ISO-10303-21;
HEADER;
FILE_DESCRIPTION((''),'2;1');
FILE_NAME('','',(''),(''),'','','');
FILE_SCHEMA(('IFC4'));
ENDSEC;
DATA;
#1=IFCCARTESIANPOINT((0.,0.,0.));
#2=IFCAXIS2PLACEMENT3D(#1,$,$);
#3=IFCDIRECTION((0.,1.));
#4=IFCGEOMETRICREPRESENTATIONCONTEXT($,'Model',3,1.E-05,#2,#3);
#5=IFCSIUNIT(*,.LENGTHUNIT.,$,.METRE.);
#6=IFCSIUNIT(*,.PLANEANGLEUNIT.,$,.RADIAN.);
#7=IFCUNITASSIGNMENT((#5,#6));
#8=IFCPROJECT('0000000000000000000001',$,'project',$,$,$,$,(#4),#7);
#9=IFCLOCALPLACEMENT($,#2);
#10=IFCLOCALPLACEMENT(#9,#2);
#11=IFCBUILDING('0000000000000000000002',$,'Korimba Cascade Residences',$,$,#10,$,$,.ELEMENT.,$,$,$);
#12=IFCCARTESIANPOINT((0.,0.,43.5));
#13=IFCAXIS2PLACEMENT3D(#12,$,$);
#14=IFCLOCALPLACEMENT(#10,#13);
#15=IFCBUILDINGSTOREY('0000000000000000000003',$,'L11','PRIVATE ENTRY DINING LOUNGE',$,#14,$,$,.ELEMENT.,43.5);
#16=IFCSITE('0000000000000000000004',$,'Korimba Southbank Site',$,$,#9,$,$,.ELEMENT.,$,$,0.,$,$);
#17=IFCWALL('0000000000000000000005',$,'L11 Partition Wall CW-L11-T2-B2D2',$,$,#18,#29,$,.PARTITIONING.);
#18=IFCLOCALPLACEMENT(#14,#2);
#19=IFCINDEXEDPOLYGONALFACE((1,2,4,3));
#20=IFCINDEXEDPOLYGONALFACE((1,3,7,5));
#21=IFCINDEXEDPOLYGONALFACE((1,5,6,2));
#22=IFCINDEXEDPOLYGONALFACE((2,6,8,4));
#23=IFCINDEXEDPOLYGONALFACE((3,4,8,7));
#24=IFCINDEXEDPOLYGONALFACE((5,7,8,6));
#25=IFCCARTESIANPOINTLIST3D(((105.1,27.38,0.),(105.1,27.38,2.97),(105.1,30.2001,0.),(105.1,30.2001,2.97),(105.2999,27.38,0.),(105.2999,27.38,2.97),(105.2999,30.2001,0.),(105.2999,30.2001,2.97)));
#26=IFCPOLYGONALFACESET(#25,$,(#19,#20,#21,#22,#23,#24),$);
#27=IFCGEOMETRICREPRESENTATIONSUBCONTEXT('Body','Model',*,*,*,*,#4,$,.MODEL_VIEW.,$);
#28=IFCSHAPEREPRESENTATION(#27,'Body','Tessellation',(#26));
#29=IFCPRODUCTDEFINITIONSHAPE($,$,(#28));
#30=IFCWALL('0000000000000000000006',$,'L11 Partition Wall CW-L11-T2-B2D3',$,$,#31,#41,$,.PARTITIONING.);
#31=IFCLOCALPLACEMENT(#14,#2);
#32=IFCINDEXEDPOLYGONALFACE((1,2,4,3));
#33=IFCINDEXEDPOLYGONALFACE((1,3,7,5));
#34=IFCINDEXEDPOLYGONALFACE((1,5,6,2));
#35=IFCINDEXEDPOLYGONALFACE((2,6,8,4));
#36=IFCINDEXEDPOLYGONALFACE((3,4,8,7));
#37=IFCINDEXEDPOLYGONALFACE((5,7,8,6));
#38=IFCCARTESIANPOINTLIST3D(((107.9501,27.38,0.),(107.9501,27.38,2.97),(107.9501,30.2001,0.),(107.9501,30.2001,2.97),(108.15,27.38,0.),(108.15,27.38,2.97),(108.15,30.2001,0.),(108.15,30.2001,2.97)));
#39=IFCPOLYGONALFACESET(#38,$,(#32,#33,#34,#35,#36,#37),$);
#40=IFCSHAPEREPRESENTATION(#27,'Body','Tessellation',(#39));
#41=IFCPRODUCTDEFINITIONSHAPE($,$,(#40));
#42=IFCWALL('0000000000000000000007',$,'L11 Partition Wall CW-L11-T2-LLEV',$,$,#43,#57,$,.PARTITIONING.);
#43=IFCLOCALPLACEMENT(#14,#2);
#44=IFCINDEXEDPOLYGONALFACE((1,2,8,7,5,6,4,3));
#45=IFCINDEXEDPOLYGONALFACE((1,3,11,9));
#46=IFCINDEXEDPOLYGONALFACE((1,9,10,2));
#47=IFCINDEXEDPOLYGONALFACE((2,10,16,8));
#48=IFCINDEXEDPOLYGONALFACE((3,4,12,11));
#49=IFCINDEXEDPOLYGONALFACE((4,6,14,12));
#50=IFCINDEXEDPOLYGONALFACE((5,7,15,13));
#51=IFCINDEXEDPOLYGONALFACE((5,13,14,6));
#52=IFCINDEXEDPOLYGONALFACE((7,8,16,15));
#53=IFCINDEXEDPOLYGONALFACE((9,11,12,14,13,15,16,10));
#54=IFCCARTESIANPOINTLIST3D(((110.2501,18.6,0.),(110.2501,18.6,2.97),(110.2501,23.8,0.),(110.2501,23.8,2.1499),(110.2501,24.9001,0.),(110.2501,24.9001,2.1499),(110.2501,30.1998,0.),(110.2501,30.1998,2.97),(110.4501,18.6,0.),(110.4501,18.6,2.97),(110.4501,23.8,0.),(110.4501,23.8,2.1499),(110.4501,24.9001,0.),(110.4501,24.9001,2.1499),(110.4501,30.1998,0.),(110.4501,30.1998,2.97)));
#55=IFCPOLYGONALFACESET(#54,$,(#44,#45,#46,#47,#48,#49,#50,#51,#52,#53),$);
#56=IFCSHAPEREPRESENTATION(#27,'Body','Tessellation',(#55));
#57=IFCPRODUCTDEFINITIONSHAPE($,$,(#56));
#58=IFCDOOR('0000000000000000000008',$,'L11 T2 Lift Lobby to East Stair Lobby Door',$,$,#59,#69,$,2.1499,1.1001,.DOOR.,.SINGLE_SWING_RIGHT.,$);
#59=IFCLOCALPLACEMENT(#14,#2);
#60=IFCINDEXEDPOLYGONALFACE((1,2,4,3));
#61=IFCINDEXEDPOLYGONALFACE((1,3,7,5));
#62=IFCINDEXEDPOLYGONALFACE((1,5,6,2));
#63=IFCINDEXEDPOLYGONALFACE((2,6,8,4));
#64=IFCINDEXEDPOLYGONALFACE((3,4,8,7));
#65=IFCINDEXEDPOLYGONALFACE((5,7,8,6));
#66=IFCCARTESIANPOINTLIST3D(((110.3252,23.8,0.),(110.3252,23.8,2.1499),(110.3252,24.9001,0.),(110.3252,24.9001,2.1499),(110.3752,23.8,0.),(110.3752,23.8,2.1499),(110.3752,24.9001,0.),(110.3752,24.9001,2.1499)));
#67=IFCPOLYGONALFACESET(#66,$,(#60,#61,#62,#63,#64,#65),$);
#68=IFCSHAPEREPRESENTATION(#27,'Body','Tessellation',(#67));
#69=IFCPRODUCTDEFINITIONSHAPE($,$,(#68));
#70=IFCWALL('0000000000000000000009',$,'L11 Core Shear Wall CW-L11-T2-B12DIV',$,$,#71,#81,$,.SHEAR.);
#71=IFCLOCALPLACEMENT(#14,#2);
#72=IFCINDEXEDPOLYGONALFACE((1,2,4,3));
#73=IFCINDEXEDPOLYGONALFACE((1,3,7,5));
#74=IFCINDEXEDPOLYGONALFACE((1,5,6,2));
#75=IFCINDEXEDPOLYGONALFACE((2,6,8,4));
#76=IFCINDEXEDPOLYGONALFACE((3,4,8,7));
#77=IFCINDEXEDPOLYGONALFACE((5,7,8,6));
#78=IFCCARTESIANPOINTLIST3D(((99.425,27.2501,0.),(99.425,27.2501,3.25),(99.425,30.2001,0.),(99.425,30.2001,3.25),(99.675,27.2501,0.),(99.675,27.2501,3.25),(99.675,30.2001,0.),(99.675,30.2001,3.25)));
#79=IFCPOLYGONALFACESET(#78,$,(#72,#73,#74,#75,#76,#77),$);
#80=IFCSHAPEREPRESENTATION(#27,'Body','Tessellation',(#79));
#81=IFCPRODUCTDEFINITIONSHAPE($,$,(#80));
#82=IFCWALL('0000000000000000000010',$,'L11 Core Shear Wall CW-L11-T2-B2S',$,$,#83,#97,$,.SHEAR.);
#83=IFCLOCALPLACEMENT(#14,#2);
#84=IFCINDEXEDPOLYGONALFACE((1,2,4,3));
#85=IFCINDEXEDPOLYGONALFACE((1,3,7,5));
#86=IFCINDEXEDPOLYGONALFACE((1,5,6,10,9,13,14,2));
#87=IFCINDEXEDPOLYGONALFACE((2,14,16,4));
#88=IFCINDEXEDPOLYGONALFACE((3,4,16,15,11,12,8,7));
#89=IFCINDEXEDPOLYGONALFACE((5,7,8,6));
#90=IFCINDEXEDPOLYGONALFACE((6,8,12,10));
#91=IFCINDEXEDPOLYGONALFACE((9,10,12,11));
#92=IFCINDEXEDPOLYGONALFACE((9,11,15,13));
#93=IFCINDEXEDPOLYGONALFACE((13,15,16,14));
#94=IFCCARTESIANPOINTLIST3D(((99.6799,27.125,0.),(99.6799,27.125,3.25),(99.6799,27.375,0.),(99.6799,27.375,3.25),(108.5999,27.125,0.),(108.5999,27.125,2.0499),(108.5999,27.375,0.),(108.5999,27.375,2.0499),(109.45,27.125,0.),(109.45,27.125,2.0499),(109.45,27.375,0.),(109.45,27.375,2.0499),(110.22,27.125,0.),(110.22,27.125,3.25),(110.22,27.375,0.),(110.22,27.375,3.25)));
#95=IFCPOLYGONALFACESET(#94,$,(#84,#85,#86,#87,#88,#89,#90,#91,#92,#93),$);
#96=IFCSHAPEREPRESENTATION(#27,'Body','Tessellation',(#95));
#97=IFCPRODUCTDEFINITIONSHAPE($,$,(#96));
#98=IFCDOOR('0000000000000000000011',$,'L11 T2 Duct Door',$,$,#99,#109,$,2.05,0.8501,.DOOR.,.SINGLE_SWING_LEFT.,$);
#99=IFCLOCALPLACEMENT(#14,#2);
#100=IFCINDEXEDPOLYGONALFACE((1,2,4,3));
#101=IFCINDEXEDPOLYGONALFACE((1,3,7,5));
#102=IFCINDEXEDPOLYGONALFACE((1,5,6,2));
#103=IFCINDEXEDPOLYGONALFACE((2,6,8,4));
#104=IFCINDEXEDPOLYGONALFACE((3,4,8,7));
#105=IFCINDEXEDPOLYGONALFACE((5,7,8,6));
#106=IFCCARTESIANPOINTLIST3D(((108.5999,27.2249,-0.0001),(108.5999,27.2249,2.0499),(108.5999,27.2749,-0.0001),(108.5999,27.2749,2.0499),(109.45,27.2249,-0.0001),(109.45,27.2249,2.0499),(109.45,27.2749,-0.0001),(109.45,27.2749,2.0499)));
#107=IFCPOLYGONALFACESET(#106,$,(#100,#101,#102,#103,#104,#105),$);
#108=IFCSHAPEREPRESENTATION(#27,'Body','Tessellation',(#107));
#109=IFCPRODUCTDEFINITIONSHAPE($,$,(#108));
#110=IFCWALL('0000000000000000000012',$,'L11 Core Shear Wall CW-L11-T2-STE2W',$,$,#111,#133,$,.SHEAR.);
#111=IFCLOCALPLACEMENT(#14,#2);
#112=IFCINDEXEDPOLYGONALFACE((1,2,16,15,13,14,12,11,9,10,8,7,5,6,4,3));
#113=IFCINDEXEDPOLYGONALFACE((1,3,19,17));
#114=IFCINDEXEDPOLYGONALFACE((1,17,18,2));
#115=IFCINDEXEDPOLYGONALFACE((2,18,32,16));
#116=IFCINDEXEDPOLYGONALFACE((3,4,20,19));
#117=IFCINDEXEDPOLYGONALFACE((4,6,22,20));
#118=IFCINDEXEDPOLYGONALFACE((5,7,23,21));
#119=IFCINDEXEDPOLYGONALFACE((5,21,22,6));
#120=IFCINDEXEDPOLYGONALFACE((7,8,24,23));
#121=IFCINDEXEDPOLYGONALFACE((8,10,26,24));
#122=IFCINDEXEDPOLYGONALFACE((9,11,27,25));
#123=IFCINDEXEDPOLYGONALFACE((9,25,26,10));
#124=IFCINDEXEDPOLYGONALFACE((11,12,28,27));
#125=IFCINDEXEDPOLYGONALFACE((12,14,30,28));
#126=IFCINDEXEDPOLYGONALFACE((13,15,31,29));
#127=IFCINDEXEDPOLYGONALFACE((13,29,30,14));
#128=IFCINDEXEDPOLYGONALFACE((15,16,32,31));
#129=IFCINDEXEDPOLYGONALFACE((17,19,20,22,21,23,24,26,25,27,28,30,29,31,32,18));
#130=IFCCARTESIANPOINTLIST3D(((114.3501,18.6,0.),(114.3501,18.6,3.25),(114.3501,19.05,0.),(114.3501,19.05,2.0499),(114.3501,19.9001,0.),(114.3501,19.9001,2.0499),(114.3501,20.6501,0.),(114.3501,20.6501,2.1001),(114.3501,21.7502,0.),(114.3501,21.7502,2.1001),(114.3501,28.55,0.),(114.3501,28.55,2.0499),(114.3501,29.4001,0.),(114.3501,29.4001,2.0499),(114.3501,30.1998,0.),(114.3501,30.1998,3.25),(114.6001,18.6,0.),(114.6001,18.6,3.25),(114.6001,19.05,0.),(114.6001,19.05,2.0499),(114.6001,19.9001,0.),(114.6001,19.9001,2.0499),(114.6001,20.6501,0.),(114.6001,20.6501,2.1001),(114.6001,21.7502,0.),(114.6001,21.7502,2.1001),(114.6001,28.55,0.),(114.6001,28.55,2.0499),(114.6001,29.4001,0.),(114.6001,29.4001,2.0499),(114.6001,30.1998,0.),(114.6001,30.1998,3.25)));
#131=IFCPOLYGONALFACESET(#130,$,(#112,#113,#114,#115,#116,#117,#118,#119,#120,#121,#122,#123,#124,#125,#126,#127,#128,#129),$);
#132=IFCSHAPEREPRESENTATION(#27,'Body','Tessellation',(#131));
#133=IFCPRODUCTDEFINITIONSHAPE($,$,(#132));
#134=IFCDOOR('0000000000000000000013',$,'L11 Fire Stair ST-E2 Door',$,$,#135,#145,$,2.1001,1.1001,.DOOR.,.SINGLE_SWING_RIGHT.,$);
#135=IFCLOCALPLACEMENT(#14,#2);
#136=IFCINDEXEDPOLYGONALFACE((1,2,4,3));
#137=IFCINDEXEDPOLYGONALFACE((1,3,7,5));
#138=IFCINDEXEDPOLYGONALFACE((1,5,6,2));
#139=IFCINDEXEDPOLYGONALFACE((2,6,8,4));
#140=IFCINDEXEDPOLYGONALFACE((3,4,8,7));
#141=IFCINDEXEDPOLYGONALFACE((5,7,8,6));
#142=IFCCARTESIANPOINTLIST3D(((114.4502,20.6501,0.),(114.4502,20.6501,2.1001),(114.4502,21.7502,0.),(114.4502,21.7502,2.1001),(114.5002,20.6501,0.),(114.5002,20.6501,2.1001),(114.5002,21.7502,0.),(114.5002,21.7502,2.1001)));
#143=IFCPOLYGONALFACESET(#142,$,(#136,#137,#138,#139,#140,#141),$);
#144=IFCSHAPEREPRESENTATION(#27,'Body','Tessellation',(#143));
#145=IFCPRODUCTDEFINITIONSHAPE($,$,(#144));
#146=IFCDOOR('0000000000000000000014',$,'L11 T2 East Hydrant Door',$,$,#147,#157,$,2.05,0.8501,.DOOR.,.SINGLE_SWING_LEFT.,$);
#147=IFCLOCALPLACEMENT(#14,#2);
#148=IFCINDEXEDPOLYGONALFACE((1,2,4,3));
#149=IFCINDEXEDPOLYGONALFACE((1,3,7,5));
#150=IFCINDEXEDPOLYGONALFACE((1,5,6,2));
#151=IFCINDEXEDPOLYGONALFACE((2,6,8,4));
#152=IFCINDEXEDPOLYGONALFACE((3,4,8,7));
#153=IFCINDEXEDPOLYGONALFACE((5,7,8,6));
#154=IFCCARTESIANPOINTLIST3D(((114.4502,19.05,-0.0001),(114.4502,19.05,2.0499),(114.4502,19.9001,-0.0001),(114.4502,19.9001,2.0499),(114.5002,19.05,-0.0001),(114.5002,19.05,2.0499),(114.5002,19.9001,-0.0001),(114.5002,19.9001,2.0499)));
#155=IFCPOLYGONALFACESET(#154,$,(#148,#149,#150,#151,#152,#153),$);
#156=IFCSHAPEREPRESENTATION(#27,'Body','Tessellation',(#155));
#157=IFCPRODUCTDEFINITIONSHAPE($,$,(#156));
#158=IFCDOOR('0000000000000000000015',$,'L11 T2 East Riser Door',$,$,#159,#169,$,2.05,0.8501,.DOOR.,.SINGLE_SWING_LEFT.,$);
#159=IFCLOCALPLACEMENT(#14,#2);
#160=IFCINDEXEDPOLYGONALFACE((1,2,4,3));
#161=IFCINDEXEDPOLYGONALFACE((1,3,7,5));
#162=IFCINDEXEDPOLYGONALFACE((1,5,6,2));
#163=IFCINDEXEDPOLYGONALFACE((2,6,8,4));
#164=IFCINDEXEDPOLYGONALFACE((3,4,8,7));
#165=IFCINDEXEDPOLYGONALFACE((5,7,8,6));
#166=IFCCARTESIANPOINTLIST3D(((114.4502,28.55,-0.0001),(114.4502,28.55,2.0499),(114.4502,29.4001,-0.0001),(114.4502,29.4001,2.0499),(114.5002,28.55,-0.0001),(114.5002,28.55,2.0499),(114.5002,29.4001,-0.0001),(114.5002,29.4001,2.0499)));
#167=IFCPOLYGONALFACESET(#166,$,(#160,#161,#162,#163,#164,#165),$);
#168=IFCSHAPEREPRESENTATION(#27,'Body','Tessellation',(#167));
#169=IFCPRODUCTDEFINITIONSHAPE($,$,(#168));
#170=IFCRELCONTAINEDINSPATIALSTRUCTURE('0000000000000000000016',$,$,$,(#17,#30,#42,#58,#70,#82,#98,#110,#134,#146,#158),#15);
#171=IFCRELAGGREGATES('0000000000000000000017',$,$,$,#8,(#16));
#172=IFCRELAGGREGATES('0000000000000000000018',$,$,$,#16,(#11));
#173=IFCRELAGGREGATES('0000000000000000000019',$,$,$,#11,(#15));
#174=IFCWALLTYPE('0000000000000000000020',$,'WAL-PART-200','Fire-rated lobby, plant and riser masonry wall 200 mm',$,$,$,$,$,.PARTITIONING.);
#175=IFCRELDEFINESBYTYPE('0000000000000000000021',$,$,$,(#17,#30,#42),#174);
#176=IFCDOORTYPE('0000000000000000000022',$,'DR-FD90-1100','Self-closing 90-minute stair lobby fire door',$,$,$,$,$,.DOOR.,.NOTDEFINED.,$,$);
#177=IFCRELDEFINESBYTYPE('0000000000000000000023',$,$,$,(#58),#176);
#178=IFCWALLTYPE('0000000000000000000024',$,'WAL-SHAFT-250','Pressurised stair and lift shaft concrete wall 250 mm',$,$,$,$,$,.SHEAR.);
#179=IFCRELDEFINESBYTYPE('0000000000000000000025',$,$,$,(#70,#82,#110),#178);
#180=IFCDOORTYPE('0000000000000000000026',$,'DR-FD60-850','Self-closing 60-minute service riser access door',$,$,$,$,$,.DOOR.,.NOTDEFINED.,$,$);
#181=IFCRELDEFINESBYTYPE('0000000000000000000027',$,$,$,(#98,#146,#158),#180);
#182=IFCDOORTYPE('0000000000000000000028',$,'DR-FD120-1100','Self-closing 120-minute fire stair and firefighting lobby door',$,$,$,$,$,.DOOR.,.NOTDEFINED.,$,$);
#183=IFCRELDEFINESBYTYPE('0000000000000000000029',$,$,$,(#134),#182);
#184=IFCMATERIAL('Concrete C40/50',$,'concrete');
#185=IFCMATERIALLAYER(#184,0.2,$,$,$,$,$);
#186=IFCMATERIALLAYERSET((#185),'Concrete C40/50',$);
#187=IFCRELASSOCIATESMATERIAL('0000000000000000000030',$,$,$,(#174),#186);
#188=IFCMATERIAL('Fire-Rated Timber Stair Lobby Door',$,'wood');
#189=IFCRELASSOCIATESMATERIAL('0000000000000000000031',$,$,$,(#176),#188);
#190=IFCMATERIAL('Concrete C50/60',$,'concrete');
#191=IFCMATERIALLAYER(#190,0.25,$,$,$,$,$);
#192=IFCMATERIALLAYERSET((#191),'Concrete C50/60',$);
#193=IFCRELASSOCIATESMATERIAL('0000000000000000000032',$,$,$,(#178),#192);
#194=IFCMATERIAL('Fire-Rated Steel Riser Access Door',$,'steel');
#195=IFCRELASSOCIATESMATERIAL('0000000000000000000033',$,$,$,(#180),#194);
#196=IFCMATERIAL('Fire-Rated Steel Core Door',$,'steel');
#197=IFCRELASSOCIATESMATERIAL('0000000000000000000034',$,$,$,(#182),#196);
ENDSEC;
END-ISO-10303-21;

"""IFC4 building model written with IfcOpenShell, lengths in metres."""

from ifc_helpers import new_model, si_unit, direction, frame, frame_2d, origin, place, context, subcontext, project, spatial, rectangle, extrude, material, layer, layer_set, type_object, element, fill, save


model = new_model("IFC4")

# Units and contexts
model_context = context("Model", 3, precision=1e-05, world=origin(), true_north=direction((0.0, 1.0)))
body_context = subcontext(model_context, "Body", "Model", "MODEL_VIEW")
ifc_project = project(units=[si_unit("LENGTHUNIT", "METRE"), si_unit("PLANEANGLEUNIT", "RADIAN")], contexts=[model_context])

# Site, building, storey
site_placement = place(None, origin())
site = spatial("IfcSite", under=ifc_project, at=site_placement, Name="Korimba Southbank Site", CompositionType="ELEMENT", RefElevation=0.0)
building_placement = place(site_placement, origin())
building = spatial("IfcBuilding", under=site, at=building_placement, Name="Korimba Cascade Residences", CompositionType="ELEMENT")
storey_placement = place(building_placement, frame((0.0, 0.0, 43.5)))
storey = spatial("IfcBuildingStorey", under=building, at=storey_placement, Name="L11", Description="PRIVATE ENTRY DINING LOUNGE", CompositionType="ELEMENT", Elevation=43.5)

# Shared definitions
ifc_material_1 = material(Name="Concrete C50/60", Category="concrete")

# Walls
ifc_material_2 = material(Name="Concrete C40/50", Category="concrete")
ifc_layer_1 = layer(ifc_material_2, 0.2)
ifc_layer_set_1 = layer_set([ifc_layer_1], Name="Concrete C40/50")
wall_type_1 = type_object("IfcWallType", Name="WAL-PART-200", Description="Fire-rated lobby, plant and riser masonry wall 200 mm", PredefinedType="PARTITIONING", material=ifc_layer_set_1)
for number, where, z_axis, x_axis, name in (
    (1, (105.2, 27.3799, 0.0), (0.0, 0.0, 1.0), (0.0, 1.0, 0.0), "L11 Partition Wall CW-L11-T2-B2D2"),
    (2, (108.05, 27.3799, 0.0), (0.0, 0.0, 1.0), (0.0, 1.0, 0.0), "L11 Partition Wall CW-L11-T2-B2D3"),
):
    element("IfcWall", number, at=place(storey_placement, frame(where, z_axis=z_axis, x_axis=x_axis)), inside=storey, type_object=wall_type_1, Name=name, PredefinedType="PARTITIONING", context=body_context, shape_type="SweptSolid", body=[
        extrude(rectangle(XDim=2.8201, YDim=0.2, at=frame_2d((1.4102, 0.0))), origin(), (0.0, 0.0, 1.0), 2.97),
    ])

# Wall, opening, door
wall_1_placement = place(storey_placement, frame((110.3501, 18.6001, 0.0), z_axis=(0.0, 0.0, 1.0), x_axis=(0.0, 1.0, 0.0)))
wall_1 = element("IfcWall", 3, at=wall_1_placement, inside=storey, type_object=wall_type_1, Name="L11 Partition Wall CW-L11-T2-LLEV", PredefinedType="PARTITIONING", context=body_context, shape_type="SweptSolid", body=[
    extrude(rectangle(XDim=11.5999, YDim=0.2, at=frame_2d((5.7998, 0.0))), origin(), (0.0, 0.0, 1.0), 2.97),
])
opening_1_placement = place(wall_1_placement, frame((5.2, 0.0, 0.0)))
opening_1 = element("IfcOpeningElement", 4, at=opening_1_placement, cuts=wall_1, PredefinedType="OPENING", context=body_context, shape_type="SweptSolid", body=[
    extrude(rectangle(XDim=1.1001, YDim=2.1499, at=frame_2d((0.55, 1.075))), frame((0.0, 0.1099, 0.0), z_axis=(0.0, -1.0, 0.0), x_axis=(1.0, 0.0, 0.0)), (0.0, 0.0, 1.0), 0.22),
])
ifc_material_3 = material(Name="Fire-Rated Timber Stair Lobby Door", Category="wood")
door_type_1 = type_object("IfcDoorType", Name="DR-FD90-1100", Description="Self-closing 90-minute stair lobby fire door", OperationType="NOTDEFINED", PredefinedType="DOOR", material=ifc_material_3)
door_1_placement = place(opening_1_placement, origin())
door_1 = element("IfcDoor", 5, at=door_1_placement, inside=storey, type_object=door_type_1, Name="L11 T2 Lift Lobby to East Stair Lobby Door", OperationType="SINGLE_SWING_RIGHT", OverallHeight=2.1499, OverallWidth=1.1001, PredefinedType="DOOR", context=body_context, shape_type="SweptSolid", body=[
    extrude(rectangle(XDim=1.1001, YDim=2.1499, at=frame_2d((0.55, 1.075))), frame((0.0, 0.0249, 0.0), z_axis=(0.0, -1.0, 0.0), x_axis=(1.0, 0.0, 0.0)), (0.0, 0.0, 1.0), 0.05),
])
fill(opening_1, door_1)

# Wall
ifc_layer_2 = layer(ifc_material_1, 0.25)
ifc_layer_set_2 = layer_set([ifc_layer_2], Name="Concrete C50/60")
wall_type_2 = type_object("IfcWallType", Name="WAL-SHAFT-250", Description="Pressurised stair and lift shaft concrete wall 250 mm", PredefinedType="SHEAR", material=ifc_layer_set_2)
wall_2_placement = place(storey_placement, frame((99.55, 27.25, 0.0), z_axis=(0.0, 0.0, 1.0), x_axis=(0.0, 1.0, 0.0)))
element("IfcWall", 6, at=wall_2_placement, inside=storey, type_object=wall_type_2, Name="L11 Core Shear Wall CW-L11-T2-B12DIV", PredefinedType="SHEAR", context=body_context, shape_type="SweptSolid", body=[
    extrude(rectangle(XDim=2.95, YDim=0.25, at=frame_2d((1.4751, 0.0))), origin(), (0.0, 0.0, 1.0), 3.25),
])

# Wall, opening, door
wall_3_placement = place(storey_placement, frame((99.6799, 27.25, 0.0), z_axis=(0.0, 0.0, 1.0), x_axis=(1.0, 0.0, 0.0)))
wall_3 = element("IfcWall", 7, at=wall_3_placement, inside=storey, type_object=wall_type_2, Name="L11 Core Shear Wall CW-L11-T2-B2S", PredefinedType="SHEAR", context=body_context, shape_type="SweptSolid", body=[
    extrude(rectangle(XDim=10.54, YDim=0.25, at=frame_2d((5.27, 0.0))), origin(), (0.0, 0.0, 1.0), 3.25),
])
opening_2_placement = place(wall_3_placement, frame((8.9199, 0.0, 0.0)))
opening_2 = element("IfcOpeningElement", 8, at=opening_2_placement, cuts=wall_3, PredefinedType="OPENING", context=body_context, shape_type="SweptSolid", body=[
    extrude(rectangle(XDim=0.8501, YDim=2.05, at=frame_2d((0.425, 1.0249))), frame((0.0, 0.135, 0.0), z_axis=(0.0, -1.0, 0.0), x_axis=(1.0, 0.0, 0.0)), (0.0, 0.0, 1.0), 0.27),
])
ifc_material_4 = material(Name="Fire-Rated Steel Riser Access Door", Category="steel")
door_type_2 = type_object("IfcDoorType", Name="DR-FD60-850", Description="Self-closing 60-minute service riser access door", OperationType="NOTDEFINED", PredefinedType="DOOR", material=ifc_material_4)
door_2_placement = place(opening_2_placement, origin())
door_2 = element("IfcDoor", 9, at=door_2_placement, inside=storey, type_object=door_type_2, Name="L11 T2 Duct Door", OperationType="SINGLE_SWING_LEFT", OverallHeight=2.05, OverallWidth=0.8501, PredefinedType="DOOR", context=body_context, shape_type="SweptSolid", body=[
    extrude(rectangle(XDim=0.8501, YDim=2.05, at=frame_2d((0.425, 1.0249))), frame((0.0, 0.0249, 0.0), z_axis=(0.0, -1.0, 0.0), x_axis=(1.0, 0.0, 0.0)), (0.0, 0.0, 1.0), 0.05),
])
fill(opening_2, door_2)

# Wall, openings, doors
wall_4_placement = place(storey_placement, frame((114.4751, 18.6001, 0.0), z_axis=(0.0, 0.0, 1.0), x_axis=(0.0, 1.0, 0.0)))
wall_4 = element("IfcWall", 10, at=wall_4_placement, inside=storey, type_object=wall_type_2, Name="L11 Core Shear Wall CW-L11-T2-STE2W", PredefinedType="SHEAR", context=body_context, shape_type="SweptSolid", body=[
    extrude(rectangle(XDim=11.5999, YDim=0.25, at=frame_2d((5.7998, 0.0))), origin(), (0.0, 0.0, 1.0), 3.25),
])
opening_3_placement = place(wall_4_placement, frame((0.45, 0.0, 0.0)))
opening_3 = element("IfcOpeningElement", 11, at=opening_3_placement, cuts=wall_4, PredefinedType="OPENING", context=body_context, shape_type="SweptSolid", body=[
    extrude(rectangle(XDim=0.8501, YDim=2.05, at=frame_2d((0.425, 1.0249))), frame((0.0, 0.135, 0.0), z_axis=(0.0, -1.0, 0.0), x_axis=(1.0, 0.0, 0.0)), (0.0, 0.0, 1.0), 0.27),
])
opening_4_placement = place(wall_4_placement, frame((2.05, 0.0, 0.0)))
opening_4 = element("IfcOpeningElement", 12, at=opening_4_placement, cuts=wall_4, PredefinedType="OPENING", context=body_context, shape_type="SweptSolid", body=[
    extrude(rectangle(XDim=1.1001, YDim=2.1001, at=frame_2d((0.55, 1.05))), frame((0.0, 0.135, 0.0), z_axis=(0.0, -1.0, 0.0), x_axis=(1.0, 0.0, 0.0)), (0.0, 0.0, 1.0), 0.27),
])
opening_5_placement = place(wall_4_placement, frame((9.95, 0.0, 0.0)))
opening_5 = element("IfcOpeningElement", 13, at=opening_5_placement, cuts=wall_4, PredefinedType="OPENING", context=body_context, shape_type="SweptSolid", body=[
    extrude(rectangle(XDim=0.8501, YDim=2.05, at=frame_2d((0.425, 1.0249))), frame((0.0, 0.135, 0.0), z_axis=(0.0, -1.0, 0.0), x_axis=(1.0, 0.0, 0.0)), (0.0, 0.0, 1.0), 0.27),
])
ifc_material_5 = material(Name="Fire-Rated Steel Core Door", Category="steel")
door_type_3 = type_object("IfcDoorType", Name="DR-FD120-1100", Description="Self-closing 120-minute fire stair and firefighting lobby door", OperationType="NOTDEFINED", PredefinedType="DOOR", material=ifc_material_5)
door_3_placement = place(opening_4_placement, origin())
door_3 = element("IfcDoor", 14, at=door_3_placement, inside=storey, type_object=door_type_3, Name="L11 Fire Stair ST-E2 Door", OperationType="SINGLE_SWING_RIGHT", OverallHeight=2.1001, OverallWidth=1.1001, PredefinedType="DOOR", context=body_context, shape_type="SweptSolid", body=[
    extrude(rectangle(XDim=1.1001, YDim=2.1001, at=frame_2d((0.55, 1.05))), frame((0.0, 0.0249, 0.0), z_axis=(0.0, -1.0, 0.0), x_axis=(1.0, 0.0, 0.0)), (0.0, 0.0, 1.0), 0.05),
])
fill(opening_4, door_3)
door_4_placement = place(opening_3_placement, origin())
door_4 = element("IfcDoor", 15, at=door_4_placement, inside=storey, type_object=door_type_2, Name="L11 T2 East Hydrant Door", OperationType="SINGLE_SWING_LEFT", OverallHeight=2.05, OverallWidth=0.8501, PredefinedType="DOOR", context=body_context, shape_type="SweptSolid", body=[
    extrude(rectangle(XDim=0.8501, YDim=2.05, at=frame_2d((0.425, 1.0249))), frame((0.0, 0.0249, 0.0), z_axis=(0.0, -1.0, 0.0), x_axis=(1.0, 0.0, 0.0)), (0.0, 0.0, 1.0), 0.05),
])
fill(opening_3, door_4)
door_5_placement = place(opening_5_placement, origin())
door_5 = element("IfcDoor", 16, at=door_5_placement, inside=storey, type_object=door_type_2, Name="L11 T2 East Riser Door", OperationType="SINGLE_SWING_LEFT", OverallHeight=2.05, OverallWidth=0.8501, PredefinedType="DOOR", context=body_context, shape_type="SweptSolid", body=[
    extrude(rectangle(XDim=0.8501, YDim=2.05, at=frame_2d((0.425, 1.0249))), frame((0.0, 0.0249, 0.0), z_axis=(0.0, -1.0, 0.0), x_axis=(1.0, 0.0, 0.0)), (0.0, 0.0, 1.0), 0.05),
])
fill(opening_5, door_5)

save(model, "model.ifc")
